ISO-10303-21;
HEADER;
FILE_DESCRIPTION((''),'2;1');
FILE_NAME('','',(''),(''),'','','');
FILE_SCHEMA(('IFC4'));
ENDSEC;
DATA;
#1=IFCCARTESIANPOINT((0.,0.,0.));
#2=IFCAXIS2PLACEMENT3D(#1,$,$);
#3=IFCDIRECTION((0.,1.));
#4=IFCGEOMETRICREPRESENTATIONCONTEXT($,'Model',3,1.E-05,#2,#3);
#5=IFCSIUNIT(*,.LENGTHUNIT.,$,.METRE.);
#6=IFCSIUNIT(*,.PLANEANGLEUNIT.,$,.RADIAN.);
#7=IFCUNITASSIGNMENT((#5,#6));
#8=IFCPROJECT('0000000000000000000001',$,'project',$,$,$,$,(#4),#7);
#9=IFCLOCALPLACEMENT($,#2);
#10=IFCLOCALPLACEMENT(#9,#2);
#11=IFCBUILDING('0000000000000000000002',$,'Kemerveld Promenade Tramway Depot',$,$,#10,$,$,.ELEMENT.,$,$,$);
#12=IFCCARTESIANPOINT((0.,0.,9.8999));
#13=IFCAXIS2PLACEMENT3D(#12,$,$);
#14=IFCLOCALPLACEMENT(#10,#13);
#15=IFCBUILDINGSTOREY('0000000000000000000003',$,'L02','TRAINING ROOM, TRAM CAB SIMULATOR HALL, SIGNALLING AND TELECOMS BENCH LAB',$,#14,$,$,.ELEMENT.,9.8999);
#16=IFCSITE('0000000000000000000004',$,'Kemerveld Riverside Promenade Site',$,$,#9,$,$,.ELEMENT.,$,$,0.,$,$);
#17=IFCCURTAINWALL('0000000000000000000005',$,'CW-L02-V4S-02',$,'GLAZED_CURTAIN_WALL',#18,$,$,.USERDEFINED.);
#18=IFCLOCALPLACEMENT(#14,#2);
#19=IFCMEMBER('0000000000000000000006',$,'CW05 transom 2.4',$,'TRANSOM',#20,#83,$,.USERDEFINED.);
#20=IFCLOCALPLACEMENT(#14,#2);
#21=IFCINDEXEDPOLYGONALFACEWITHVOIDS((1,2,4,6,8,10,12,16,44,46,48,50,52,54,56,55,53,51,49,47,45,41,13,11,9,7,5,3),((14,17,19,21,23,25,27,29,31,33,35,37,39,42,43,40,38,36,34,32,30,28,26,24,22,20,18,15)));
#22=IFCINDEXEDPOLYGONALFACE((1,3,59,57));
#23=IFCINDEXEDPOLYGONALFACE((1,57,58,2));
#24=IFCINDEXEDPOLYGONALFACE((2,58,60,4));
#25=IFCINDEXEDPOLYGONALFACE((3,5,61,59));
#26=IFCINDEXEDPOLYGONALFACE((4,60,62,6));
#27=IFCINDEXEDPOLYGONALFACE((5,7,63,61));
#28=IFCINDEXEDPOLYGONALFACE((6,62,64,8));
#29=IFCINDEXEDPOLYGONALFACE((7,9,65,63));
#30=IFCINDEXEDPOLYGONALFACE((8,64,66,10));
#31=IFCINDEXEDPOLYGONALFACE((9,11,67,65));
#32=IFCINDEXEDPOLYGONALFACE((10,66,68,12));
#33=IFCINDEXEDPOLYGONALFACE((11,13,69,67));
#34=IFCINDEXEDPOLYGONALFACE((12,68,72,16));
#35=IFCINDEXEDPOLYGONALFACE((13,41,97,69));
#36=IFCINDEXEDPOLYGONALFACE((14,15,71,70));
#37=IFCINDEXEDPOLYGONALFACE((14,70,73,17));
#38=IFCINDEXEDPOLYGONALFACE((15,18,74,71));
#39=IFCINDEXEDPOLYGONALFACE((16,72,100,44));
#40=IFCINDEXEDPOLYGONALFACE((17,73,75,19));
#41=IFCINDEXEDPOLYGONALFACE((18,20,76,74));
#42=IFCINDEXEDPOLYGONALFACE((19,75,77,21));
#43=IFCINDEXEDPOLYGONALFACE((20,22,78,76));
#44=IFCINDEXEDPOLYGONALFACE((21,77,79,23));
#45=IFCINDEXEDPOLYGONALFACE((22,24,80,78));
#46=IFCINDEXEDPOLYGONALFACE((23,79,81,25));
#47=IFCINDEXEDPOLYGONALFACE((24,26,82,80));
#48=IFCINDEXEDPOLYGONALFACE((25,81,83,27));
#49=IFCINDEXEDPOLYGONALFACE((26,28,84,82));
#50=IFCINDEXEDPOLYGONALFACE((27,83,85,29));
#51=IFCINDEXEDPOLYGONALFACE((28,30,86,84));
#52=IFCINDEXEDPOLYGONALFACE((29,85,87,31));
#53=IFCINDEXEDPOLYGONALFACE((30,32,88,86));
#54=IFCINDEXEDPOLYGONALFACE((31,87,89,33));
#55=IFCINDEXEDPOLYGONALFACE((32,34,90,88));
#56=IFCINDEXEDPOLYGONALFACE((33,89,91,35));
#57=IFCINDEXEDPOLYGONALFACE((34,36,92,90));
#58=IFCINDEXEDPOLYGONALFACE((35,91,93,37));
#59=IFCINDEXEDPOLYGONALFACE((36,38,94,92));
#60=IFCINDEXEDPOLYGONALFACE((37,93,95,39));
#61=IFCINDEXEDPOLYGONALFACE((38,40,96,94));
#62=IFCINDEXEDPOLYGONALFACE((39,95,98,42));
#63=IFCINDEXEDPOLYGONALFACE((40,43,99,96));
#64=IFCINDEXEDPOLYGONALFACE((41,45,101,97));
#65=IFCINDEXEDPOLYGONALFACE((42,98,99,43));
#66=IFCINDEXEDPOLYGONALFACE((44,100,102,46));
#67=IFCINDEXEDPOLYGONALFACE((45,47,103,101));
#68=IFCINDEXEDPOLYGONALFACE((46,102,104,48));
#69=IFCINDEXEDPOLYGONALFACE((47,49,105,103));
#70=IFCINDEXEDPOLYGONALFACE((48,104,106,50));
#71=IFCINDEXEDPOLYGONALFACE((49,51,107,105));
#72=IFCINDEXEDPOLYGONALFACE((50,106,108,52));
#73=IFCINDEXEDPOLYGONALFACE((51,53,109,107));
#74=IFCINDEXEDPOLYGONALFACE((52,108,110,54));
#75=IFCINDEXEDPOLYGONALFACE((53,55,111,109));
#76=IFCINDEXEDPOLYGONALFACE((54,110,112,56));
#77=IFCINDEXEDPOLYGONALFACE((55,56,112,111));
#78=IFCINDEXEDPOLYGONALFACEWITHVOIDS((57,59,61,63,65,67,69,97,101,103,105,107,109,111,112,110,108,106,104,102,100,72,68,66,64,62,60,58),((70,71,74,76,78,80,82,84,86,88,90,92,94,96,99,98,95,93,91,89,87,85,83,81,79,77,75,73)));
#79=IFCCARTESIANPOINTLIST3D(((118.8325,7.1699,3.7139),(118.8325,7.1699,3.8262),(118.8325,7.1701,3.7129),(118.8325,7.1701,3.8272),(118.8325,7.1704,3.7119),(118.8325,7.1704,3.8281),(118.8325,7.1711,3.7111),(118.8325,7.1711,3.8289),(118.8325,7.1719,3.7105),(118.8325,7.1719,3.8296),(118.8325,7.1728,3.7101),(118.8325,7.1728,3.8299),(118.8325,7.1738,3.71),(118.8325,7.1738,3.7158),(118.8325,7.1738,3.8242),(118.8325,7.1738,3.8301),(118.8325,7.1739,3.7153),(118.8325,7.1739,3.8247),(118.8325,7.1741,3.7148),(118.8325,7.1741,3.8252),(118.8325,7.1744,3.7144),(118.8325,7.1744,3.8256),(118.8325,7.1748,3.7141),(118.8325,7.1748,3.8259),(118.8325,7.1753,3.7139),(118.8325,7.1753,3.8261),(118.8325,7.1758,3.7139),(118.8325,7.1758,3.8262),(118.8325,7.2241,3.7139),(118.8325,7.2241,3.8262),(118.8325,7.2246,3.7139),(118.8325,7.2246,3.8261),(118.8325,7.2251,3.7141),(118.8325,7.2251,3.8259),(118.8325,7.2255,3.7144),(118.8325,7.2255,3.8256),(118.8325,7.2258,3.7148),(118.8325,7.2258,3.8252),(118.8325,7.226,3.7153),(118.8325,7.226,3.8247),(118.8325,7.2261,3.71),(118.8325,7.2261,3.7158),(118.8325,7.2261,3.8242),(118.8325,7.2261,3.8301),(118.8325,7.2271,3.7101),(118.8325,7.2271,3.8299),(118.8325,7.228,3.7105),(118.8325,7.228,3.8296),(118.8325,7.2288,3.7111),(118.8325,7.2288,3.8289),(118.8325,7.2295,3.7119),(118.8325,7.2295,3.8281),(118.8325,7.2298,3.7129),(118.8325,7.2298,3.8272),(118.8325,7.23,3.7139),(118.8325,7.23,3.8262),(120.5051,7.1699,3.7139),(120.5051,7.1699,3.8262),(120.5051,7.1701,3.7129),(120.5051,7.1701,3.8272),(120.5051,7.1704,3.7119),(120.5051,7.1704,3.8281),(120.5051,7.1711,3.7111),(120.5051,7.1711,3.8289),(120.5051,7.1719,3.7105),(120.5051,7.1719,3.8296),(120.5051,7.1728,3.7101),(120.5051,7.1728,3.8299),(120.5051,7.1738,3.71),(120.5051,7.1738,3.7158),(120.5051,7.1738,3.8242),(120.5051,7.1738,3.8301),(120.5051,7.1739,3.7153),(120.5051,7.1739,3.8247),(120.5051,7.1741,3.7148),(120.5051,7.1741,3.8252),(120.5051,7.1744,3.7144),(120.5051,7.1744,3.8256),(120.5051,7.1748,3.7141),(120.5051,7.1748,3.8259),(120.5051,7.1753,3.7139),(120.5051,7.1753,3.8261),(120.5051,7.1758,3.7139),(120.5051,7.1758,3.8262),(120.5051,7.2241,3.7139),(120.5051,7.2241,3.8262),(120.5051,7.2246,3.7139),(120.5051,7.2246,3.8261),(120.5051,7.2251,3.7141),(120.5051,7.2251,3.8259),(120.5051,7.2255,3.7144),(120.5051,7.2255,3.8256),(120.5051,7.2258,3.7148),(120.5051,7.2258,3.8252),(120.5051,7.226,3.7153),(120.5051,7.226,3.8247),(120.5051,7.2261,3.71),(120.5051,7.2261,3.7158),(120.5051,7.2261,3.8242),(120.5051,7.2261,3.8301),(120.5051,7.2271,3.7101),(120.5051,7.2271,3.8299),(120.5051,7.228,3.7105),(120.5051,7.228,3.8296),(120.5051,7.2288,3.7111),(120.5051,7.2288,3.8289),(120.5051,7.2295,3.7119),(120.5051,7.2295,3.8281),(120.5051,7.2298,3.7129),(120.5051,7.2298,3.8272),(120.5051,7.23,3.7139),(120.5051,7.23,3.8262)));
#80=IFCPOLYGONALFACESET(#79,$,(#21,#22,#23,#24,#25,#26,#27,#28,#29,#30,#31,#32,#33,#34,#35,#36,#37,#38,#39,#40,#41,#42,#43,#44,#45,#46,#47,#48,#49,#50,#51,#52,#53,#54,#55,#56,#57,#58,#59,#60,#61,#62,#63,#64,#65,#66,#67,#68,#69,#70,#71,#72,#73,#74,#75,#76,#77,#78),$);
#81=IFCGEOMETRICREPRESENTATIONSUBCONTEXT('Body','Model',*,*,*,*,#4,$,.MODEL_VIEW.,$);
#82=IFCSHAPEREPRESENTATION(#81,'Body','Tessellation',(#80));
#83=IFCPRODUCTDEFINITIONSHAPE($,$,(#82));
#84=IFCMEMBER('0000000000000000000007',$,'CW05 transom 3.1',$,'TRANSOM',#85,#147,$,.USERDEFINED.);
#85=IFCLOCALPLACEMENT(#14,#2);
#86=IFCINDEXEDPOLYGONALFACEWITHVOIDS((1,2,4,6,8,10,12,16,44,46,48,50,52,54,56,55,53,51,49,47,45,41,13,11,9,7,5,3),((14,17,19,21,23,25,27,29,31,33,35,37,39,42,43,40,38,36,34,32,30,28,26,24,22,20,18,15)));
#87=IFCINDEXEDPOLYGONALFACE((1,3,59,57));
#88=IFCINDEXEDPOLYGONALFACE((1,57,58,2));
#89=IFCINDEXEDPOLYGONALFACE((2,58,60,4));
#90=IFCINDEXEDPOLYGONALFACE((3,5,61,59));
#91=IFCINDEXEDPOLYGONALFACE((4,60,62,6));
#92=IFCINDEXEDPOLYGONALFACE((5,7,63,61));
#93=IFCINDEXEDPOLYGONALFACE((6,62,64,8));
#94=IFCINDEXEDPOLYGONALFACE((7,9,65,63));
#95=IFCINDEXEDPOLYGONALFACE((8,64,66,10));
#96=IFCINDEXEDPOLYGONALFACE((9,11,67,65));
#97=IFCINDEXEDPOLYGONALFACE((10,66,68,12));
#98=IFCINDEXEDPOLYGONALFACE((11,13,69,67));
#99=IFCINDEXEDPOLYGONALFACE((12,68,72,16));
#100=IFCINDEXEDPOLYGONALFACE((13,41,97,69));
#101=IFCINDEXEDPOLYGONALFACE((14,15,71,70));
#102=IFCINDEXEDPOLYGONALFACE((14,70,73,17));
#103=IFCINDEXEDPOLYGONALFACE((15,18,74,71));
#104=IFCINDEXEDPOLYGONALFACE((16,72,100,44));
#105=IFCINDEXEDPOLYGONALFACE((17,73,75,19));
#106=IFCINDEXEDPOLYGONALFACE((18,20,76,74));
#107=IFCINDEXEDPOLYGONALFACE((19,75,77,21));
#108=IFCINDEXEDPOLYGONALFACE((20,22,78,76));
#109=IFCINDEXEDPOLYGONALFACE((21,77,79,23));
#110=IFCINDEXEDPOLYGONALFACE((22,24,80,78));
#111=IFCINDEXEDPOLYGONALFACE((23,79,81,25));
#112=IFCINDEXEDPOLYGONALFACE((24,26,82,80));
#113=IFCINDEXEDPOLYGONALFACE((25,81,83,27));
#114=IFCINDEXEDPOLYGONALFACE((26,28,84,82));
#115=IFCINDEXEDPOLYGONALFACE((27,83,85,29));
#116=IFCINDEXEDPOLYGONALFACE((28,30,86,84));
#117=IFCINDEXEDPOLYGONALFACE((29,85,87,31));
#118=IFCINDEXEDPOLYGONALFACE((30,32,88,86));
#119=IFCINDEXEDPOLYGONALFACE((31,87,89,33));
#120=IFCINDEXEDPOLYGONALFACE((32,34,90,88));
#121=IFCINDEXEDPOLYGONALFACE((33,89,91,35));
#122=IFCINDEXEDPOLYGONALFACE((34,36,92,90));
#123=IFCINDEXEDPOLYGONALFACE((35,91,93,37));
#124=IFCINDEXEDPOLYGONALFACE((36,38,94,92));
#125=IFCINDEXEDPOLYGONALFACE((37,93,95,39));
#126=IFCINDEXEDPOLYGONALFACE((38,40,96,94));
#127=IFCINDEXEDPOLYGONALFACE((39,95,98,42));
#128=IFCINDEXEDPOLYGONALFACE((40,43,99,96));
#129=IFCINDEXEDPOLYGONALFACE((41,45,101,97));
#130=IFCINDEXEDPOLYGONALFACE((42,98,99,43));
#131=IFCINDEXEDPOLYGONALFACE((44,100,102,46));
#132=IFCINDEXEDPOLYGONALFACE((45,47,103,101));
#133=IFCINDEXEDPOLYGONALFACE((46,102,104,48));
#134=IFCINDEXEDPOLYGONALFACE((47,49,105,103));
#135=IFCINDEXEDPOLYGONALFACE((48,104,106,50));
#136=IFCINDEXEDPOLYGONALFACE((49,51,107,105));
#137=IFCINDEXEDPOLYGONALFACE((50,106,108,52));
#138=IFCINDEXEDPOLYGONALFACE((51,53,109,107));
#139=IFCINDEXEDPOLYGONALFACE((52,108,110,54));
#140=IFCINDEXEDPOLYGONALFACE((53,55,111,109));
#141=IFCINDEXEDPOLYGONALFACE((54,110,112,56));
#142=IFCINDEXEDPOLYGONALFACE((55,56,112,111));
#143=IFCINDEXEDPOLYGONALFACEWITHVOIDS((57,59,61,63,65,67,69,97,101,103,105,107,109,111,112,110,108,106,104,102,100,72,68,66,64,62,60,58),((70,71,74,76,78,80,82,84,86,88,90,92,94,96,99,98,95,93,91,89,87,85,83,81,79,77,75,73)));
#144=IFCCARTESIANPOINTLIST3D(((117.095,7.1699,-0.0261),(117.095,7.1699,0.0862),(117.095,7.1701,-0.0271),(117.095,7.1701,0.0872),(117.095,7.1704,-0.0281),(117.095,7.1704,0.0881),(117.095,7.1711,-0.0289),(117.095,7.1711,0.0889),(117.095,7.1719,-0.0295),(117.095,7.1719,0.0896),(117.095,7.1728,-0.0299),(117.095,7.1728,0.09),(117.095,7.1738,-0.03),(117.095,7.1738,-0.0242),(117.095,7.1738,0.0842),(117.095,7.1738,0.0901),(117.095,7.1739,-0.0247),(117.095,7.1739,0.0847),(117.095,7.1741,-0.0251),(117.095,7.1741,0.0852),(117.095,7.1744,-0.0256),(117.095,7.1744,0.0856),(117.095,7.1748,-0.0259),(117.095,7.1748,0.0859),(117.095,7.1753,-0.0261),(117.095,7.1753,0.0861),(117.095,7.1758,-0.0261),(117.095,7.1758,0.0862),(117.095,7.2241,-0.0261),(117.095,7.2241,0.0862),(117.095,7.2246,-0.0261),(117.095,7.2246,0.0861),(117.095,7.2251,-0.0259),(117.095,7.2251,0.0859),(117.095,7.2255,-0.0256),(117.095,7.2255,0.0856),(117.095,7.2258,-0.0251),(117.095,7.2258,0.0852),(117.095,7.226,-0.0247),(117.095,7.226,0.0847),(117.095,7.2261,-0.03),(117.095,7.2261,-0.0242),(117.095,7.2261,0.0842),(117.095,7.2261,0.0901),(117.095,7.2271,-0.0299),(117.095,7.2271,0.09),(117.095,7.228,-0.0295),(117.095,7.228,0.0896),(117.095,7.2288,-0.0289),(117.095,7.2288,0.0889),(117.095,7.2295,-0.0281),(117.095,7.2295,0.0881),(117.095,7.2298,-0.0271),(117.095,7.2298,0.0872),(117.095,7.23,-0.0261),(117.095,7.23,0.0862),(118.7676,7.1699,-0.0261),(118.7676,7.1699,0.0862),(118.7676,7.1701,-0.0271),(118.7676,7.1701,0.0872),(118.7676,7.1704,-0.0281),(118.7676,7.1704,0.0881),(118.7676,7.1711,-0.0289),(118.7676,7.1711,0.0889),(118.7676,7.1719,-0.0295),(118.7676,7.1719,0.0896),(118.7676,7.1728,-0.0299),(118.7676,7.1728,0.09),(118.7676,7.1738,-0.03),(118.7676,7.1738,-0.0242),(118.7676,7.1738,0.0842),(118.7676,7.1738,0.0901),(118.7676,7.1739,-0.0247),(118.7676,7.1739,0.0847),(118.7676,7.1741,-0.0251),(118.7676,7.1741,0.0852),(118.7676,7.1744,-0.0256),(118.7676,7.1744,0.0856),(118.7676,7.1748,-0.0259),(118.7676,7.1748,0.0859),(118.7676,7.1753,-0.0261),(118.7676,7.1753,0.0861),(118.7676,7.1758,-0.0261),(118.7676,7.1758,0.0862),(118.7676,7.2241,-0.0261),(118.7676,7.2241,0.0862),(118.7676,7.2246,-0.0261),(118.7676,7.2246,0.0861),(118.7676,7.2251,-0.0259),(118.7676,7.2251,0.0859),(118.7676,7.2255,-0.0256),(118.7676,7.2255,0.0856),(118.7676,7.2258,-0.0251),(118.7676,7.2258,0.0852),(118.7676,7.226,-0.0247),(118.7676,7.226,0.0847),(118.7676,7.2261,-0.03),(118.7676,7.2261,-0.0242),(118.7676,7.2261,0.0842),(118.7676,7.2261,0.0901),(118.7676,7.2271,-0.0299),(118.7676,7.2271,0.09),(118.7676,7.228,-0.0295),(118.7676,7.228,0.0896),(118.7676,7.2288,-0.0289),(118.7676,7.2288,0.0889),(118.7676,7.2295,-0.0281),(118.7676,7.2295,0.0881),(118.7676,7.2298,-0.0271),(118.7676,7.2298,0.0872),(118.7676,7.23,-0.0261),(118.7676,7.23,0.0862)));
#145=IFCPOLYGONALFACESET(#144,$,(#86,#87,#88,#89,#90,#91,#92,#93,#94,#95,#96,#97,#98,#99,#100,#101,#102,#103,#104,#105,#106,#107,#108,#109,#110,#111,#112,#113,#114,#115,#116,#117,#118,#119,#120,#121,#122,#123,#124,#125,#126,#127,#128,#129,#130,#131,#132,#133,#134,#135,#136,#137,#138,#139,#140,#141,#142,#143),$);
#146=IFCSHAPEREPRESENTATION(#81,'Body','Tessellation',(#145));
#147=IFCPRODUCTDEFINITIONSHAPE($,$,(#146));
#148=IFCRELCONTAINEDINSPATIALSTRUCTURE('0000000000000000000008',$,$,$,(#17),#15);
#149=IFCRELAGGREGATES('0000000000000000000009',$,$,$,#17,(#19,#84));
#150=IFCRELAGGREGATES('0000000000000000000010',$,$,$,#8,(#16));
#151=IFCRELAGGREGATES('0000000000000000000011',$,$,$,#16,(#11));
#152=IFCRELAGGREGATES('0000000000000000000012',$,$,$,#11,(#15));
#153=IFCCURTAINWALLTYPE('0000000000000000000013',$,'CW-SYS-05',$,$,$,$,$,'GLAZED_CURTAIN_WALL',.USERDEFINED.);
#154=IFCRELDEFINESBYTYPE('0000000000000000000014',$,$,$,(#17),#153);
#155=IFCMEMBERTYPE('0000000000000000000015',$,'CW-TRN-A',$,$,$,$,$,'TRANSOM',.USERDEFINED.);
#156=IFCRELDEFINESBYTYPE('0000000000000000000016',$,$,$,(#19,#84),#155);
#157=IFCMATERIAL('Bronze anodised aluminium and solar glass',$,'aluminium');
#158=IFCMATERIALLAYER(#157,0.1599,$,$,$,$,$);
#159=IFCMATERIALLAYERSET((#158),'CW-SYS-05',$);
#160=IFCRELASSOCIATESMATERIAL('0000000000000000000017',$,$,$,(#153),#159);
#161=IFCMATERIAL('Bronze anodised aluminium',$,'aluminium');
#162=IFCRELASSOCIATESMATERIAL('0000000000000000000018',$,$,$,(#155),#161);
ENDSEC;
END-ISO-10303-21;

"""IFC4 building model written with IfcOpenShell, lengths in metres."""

from ifc_helpers import new_model, si_unit, direction, frame, origin, origin_2d, place, context, subcontext, project, spatial, hollow_rectangle, extrude, material, layer, layer_set, material_profile, profile_set, type_object, element, aggregate, save


model = new_model("IFC4")

# Units and contexts
model_context = context("Model", 3, precision=1e-05, world=origin(), true_north=direction((0.0, 1.0)))
body_context = subcontext(model_context, "Body", "Model", "MODEL_VIEW")
ifc_project = project(units=[si_unit("LENGTHUNIT", "METRE"), si_unit("PLANEANGLEUNIT", "RADIAN")], contexts=[model_context])

# Site, building, storey
site_placement = place(None, origin())
site = spatial("IfcSite", under=ifc_project, at=site_placement, Name="Kemerveld Riverside Promenade Site", CompositionType="ELEMENT", RefElevation=0.0)
building_placement = place(site_placement, origin())
building = spatial("IfcBuilding", under=site, at=building_placement, Name="Kemerveld Promenade Tramway Depot", CompositionType="ELEMENT")
storey_placement = place(building_placement, frame((0.0, 0.0, 9.8999)))
storey = spatial("IfcBuildingStorey", under=building, at=storey_placement, Name="L02", Description="TRAINING ROOM, TRAM CAB SIMULATOR HALL, SIGNALLING AND TELECOMS BENCH LAB", CompositionType="ELEMENT", Elevation=9.8999)

# Curtain wall, members
ifc_material_1 = material(Name="Bronze anodised aluminium and solar glass", Category="aluminium")
ifc_layer_1 = layer(ifc_material_1, 0.1599)
ifc_layer_set_1 = layer_set([ifc_layer_1], Name="CW-SYS-05")
curtain_wall_type = type_object("IfcCurtainWallType", Name="CW-SYS-05", ElementType="GLAZED_CURTAIN_WALL", PredefinedType="USERDEFINED", material=ifc_layer_set_1)
curtain_wall_placement = place(storey_placement, origin())
curtain_wall = element("IfcCurtainWall", 1, at=curtain_wall_placement, inside=storey, type_object=curtain_wall_type, Name="CW-L02-V4S-02", ObjectType="GLAZED_CURTAIN_WALL", PredefinedType="USERDEFINED")
ifc_material_2 = material(Name="Bronze anodised aluminium", Category="aluminium")
ifc_material_profile_1 = material_profile(ifc_material_2, hollow_rectangle(XDim=0.0601, YDim=0.1201, WallThickness=0.0039, InnerFilletRadius=0.002, OuterFilletRadius=0.0039, at=origin_2d()), Name="CW-TRN-120x60")
ifc_profile_set_1 = profile_set([ifc_material_profile_1], Name="Bronze anodised aluminium")
member_type_1 = type_object("IfcMemberType", Name="CW-TRN-A", ElementType="TRANSOM", PredefinedType="USERDEFINED", material=ifc_profile_set_1)
member_1_placement = place(storey_placement, frame((120.5051, 7.2, 3.77), z_axis=(-1.0, 0.0, 0.0), x_axis=(0.0, -1.0, 0.0)))
member_1 = element("IfcMember", 2, at=member_1_placement, type_object=member_type_1, Name="CW05 transom 2.4", ObjectType="TRANSOM", PredefinedType="USERDEFINED", context=body_context, shape_type="SweptSolid", body=[
    extrude(hollow_rectangle(XDim=0.0601, YDim=0.1201, WallThickness=0.0039, InnerFilletRadius=0.002, OuterFilletRadius=0.0039, at=origin_2d()), origin(), (0.0, 0.0, 1.0), 1.6726),
])
member_2_placement = place(storey_placement, frame((118.7676, 7.2, 0.03), z_axis=(-1.0, 0.0, 0.0), x_axis=(0.0, -1.0, 0.0)))
member_2 = element("IfcMember", 3, at=member_2_placement, type_object=member_type_1, Name="CW05 transom 3.1", ObjectType="TRANSOM", PredefinedType="USERDEFINED", context=body_context, shape_type="SweptSolid", body=[
    extrude(hollow_rectangle(XDim=0.0601, YDim=0.1201, WallThickness=0.0039, InnerFilletRadius=0.002, OuterFilletRadius=0.0039, at=origin_2d()), origin(), (0.0, 0.0, 1.0), 1.6726),
])
aggregate(curtain_wall, [member_1, member_2])

save(model, "model.ifc")
